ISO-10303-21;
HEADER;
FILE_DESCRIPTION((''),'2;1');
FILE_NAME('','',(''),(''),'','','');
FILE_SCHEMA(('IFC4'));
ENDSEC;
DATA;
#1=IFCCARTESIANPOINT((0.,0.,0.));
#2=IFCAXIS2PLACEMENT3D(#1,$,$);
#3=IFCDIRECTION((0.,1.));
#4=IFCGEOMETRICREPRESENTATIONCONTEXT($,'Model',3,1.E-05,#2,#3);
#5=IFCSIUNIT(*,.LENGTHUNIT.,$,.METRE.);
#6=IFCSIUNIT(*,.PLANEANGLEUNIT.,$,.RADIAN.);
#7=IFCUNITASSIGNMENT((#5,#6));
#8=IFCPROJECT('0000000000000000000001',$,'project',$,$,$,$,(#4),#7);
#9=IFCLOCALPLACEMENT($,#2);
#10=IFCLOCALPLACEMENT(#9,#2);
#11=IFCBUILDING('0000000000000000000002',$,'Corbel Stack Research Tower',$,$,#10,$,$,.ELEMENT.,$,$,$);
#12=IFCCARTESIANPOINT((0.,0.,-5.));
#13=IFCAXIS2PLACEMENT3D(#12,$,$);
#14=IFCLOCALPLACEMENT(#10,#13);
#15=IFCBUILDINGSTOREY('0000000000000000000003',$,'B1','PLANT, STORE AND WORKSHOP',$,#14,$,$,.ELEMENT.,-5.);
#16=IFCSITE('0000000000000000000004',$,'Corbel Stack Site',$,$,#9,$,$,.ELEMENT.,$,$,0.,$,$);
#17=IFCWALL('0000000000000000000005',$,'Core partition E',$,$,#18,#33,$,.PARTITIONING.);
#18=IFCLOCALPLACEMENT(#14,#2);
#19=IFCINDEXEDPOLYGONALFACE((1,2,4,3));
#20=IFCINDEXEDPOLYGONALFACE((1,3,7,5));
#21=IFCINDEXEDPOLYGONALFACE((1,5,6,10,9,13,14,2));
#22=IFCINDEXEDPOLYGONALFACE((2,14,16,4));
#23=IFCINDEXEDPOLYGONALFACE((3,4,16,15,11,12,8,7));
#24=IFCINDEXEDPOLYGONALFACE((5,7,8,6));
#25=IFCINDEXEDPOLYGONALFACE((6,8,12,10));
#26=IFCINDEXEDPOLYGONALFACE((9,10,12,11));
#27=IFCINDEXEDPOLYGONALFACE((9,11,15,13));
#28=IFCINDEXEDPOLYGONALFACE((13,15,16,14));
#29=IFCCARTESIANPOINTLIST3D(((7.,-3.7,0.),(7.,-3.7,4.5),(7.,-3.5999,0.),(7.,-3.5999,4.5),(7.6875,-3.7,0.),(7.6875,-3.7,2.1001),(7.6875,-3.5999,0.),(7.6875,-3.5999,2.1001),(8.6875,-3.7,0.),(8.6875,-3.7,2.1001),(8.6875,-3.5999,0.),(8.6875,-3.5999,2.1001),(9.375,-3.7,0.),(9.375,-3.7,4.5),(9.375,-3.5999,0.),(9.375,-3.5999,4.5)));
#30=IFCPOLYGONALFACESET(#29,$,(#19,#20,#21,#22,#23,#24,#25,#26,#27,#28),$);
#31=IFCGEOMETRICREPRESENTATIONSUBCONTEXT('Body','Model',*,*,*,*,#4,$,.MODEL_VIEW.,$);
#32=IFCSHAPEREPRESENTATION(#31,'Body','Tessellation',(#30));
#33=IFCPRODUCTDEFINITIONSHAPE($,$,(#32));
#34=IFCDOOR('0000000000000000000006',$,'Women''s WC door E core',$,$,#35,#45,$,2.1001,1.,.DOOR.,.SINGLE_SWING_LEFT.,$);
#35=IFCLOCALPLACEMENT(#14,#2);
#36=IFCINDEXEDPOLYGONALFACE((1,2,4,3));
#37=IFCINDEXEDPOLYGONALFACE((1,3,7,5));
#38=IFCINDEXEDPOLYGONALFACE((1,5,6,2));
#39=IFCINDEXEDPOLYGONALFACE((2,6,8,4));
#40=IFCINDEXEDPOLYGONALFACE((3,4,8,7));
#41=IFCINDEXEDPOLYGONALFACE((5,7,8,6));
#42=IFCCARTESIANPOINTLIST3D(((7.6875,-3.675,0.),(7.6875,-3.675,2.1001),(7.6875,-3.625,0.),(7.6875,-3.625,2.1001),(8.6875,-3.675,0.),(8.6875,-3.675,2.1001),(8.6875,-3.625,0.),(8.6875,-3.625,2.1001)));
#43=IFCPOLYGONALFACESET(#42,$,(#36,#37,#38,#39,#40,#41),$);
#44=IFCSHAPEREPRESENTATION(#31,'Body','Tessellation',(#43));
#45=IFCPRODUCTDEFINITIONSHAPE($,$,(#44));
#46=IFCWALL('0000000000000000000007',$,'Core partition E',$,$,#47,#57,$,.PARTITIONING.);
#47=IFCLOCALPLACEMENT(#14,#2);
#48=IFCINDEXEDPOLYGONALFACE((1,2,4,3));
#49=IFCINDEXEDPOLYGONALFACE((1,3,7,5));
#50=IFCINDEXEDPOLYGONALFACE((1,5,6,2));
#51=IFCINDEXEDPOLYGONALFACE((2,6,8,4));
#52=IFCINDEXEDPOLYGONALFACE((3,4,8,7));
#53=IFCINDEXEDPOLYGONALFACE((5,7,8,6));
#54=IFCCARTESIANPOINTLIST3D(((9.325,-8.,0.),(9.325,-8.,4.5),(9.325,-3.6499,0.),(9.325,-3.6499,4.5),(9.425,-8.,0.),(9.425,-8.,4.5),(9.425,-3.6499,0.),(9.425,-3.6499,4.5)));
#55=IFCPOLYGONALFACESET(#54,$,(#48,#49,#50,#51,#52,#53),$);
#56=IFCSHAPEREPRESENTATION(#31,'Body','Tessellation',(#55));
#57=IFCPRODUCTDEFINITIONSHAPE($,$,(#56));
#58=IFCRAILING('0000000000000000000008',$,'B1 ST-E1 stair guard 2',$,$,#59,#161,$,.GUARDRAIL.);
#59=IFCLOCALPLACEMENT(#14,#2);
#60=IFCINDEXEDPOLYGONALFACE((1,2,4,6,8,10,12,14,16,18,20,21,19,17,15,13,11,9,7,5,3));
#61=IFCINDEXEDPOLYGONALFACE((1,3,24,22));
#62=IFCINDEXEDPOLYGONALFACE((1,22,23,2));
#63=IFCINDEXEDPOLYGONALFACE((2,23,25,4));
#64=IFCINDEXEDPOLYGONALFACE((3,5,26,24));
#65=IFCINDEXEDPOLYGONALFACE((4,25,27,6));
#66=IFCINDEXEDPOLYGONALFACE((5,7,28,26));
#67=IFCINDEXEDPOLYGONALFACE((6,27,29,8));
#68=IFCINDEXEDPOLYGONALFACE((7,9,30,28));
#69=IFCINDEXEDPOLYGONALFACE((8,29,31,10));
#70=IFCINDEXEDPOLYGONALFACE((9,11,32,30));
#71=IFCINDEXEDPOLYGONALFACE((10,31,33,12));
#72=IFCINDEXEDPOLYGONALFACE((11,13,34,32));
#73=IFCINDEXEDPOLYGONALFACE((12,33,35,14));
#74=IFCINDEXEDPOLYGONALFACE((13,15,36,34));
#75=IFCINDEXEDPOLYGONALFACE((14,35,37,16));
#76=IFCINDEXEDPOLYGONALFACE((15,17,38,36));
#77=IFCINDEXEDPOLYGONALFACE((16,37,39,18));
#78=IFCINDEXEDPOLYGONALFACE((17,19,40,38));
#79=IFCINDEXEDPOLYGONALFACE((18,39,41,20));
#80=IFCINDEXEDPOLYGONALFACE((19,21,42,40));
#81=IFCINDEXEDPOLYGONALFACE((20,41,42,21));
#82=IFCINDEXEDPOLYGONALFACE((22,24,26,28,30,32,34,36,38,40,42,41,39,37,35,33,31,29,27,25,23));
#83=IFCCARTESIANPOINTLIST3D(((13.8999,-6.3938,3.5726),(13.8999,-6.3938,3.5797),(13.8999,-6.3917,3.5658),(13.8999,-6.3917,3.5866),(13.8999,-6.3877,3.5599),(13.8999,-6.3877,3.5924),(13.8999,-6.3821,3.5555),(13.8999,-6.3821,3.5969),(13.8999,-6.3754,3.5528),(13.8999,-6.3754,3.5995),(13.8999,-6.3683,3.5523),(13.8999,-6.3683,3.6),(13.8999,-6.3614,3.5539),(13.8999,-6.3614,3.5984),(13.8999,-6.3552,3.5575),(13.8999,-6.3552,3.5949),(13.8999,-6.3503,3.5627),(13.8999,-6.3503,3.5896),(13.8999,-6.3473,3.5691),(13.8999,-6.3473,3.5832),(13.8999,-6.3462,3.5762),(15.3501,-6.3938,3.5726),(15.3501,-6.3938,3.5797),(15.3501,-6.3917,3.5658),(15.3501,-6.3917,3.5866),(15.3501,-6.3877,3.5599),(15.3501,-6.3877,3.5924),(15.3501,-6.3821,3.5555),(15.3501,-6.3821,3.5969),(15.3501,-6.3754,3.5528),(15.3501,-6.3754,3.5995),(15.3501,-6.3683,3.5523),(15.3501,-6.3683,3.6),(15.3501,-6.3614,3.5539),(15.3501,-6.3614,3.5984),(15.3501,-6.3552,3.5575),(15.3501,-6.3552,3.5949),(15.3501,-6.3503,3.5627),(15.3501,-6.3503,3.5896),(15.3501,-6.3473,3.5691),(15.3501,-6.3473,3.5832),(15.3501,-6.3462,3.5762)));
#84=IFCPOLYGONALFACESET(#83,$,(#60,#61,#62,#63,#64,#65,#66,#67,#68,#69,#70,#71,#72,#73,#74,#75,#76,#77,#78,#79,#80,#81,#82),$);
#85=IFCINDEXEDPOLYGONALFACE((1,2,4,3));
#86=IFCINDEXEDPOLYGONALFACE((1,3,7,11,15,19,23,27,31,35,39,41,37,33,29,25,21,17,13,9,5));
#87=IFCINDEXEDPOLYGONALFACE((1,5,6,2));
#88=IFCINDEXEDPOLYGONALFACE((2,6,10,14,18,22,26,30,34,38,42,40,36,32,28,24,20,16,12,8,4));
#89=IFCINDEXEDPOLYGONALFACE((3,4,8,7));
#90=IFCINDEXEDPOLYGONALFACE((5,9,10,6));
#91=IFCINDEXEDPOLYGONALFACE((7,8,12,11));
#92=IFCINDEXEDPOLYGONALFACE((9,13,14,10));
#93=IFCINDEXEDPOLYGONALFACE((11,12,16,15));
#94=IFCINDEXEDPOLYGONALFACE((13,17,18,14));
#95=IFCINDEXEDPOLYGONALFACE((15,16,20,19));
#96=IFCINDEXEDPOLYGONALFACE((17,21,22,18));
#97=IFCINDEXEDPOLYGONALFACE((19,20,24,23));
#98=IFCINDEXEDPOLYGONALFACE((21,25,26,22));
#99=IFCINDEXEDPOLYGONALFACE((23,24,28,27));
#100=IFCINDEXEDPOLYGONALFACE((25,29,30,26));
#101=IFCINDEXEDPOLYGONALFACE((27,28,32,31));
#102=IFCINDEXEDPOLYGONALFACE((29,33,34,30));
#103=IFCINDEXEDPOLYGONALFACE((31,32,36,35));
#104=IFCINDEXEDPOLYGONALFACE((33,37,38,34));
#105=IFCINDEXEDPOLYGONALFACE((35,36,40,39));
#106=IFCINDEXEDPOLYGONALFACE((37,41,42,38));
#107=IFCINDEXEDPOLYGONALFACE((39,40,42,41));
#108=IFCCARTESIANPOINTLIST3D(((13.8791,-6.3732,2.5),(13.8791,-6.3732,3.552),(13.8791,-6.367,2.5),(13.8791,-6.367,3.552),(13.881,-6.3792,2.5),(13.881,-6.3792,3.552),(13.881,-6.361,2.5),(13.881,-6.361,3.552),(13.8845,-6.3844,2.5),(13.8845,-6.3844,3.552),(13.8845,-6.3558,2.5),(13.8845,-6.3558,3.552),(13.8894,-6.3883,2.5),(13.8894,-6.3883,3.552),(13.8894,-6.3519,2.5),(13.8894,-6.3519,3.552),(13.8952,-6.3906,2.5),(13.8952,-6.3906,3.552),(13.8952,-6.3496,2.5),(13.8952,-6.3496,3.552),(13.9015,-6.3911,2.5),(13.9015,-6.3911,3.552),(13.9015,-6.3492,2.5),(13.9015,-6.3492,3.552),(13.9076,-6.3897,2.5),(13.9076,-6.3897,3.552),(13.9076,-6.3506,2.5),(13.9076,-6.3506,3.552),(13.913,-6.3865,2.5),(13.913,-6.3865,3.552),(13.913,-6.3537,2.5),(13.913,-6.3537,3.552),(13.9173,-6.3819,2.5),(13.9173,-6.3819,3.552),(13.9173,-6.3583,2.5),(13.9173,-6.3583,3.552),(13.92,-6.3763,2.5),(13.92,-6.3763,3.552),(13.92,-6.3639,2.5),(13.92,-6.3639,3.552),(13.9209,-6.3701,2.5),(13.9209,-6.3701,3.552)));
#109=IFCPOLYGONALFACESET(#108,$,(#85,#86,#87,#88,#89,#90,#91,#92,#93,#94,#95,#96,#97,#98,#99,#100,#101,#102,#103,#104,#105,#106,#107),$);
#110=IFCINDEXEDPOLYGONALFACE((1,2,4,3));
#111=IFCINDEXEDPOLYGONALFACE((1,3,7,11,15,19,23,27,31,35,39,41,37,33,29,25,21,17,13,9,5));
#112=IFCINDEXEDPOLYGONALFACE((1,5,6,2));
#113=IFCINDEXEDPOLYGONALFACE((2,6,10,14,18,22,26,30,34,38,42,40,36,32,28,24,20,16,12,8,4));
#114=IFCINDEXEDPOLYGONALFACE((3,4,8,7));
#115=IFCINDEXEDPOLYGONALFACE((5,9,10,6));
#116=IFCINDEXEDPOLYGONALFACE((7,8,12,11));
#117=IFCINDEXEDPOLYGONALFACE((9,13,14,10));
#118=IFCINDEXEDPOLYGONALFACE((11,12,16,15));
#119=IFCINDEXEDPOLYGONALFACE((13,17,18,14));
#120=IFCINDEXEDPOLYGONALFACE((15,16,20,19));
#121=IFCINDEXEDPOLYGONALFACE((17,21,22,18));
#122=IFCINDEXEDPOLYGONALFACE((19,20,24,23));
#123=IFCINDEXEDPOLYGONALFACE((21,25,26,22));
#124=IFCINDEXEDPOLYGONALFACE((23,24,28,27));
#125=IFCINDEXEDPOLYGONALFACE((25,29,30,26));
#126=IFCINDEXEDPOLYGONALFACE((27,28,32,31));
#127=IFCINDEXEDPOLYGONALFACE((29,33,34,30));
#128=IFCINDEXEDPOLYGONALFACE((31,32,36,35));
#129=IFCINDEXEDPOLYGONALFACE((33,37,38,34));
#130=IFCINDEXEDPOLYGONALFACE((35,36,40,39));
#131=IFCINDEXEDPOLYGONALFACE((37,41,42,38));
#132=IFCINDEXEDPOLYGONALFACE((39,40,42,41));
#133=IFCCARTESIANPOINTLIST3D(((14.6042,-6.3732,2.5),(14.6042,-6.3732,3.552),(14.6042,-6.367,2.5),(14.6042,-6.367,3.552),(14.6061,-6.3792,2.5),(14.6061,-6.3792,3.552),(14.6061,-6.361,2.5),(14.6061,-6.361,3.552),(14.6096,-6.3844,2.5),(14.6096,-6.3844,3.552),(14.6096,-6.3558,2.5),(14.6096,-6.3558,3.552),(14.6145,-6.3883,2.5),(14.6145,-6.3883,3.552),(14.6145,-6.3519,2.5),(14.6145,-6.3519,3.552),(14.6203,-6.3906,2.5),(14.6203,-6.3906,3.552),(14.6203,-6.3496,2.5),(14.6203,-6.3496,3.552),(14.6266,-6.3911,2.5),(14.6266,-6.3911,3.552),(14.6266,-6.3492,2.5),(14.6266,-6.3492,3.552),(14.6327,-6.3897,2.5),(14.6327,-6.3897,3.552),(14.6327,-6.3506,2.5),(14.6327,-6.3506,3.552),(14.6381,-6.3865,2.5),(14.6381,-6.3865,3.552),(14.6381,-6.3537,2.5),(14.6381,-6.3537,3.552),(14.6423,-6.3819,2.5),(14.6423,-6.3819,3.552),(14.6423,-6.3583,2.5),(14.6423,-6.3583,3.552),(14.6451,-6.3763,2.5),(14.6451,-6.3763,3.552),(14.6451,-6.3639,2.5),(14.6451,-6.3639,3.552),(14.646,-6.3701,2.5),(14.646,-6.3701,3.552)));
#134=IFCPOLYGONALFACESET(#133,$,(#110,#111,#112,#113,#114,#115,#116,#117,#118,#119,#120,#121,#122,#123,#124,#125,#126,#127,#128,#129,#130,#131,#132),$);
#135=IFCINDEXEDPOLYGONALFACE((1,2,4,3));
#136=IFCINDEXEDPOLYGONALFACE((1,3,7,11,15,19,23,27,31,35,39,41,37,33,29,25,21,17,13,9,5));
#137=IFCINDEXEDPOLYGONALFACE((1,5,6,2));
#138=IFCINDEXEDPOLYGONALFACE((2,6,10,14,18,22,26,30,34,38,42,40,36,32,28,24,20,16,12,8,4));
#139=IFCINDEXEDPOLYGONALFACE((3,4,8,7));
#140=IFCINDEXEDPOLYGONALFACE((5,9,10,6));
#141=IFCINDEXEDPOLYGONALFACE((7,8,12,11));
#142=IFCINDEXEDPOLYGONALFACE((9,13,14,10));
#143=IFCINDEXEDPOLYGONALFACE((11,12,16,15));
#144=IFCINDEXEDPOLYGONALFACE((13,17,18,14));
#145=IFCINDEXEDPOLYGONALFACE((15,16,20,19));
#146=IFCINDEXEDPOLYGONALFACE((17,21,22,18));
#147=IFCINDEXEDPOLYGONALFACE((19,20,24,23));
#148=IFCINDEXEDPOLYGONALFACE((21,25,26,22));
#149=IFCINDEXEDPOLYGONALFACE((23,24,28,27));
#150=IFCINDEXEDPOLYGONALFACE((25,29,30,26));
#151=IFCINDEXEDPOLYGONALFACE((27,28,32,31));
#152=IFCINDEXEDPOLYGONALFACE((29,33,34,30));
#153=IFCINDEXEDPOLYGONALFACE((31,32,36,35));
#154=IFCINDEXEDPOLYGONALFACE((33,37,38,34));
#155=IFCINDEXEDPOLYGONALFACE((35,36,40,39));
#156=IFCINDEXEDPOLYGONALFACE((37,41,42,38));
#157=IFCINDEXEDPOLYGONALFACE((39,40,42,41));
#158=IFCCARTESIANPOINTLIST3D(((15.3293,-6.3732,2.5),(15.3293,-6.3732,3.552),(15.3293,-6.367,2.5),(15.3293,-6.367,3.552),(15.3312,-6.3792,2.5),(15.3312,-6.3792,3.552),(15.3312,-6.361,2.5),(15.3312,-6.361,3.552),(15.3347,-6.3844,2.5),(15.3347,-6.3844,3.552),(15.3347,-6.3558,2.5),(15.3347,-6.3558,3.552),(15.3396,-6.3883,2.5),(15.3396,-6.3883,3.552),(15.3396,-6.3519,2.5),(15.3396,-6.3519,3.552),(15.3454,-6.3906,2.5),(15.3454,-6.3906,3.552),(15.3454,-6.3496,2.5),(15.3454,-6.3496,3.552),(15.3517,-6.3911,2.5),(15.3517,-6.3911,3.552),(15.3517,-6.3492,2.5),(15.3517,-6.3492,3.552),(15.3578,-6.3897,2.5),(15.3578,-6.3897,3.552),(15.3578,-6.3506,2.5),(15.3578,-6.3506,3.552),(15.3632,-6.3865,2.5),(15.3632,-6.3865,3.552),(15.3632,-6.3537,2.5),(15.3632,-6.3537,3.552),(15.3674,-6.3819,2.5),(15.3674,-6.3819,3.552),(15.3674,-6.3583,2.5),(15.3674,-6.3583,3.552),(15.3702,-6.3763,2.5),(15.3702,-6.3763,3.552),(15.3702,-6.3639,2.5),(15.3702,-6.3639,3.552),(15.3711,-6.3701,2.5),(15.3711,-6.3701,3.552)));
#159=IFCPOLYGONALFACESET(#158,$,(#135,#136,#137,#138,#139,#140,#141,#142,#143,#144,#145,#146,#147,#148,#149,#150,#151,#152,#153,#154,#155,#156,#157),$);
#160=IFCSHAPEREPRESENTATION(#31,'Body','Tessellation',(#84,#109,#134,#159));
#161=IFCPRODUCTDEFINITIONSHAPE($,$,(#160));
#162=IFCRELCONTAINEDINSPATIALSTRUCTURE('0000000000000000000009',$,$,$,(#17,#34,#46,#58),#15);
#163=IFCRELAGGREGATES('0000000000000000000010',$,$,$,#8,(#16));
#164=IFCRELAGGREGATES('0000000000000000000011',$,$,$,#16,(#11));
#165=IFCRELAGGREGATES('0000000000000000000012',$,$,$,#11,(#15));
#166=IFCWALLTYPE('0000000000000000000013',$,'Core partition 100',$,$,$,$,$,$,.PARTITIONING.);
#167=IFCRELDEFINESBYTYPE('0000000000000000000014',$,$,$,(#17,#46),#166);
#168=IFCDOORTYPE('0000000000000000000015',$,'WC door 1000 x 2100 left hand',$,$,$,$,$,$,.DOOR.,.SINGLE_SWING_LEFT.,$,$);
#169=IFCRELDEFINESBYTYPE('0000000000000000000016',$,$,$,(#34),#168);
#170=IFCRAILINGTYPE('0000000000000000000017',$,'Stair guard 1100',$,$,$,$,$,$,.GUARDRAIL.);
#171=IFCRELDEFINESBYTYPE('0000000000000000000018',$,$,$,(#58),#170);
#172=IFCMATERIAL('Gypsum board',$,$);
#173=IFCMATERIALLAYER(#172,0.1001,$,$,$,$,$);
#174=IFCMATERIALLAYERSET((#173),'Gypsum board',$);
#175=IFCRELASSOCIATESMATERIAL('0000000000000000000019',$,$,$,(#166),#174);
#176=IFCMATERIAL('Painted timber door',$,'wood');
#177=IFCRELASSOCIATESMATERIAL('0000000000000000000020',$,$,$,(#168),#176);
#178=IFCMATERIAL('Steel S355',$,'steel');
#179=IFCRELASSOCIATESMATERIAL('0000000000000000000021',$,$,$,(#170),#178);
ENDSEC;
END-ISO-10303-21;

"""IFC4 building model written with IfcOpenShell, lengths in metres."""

from ifc_helpers import new_model, si_unit, direction, frame, frame_2d, origin, origin_2d, place, context, subcontext, project, spatial, rectangle, circle, extrude, material, layer, layer_set, type_object, element, fill, save


model = new_model("IFC4")

# Units and contexts
model_context = context("Model", 3, precision=1e-05, world=origin(), true_north=direction((0.0, 1.0)))
body_context = subcontext(model_context, "Body", "Model", "MODEL_VIEW")
ifc_project = project(units=[si_unit("LENGTHUNIT", "METRE"), si_unit("PLANEANGLEUNIT", "RADIAN")], contexts=[model_context])

# Site, building, storey
site_placement = place(None, origin())
site = spatial("IfcSite", under=ifc_project, at=site_placement, Name="Corbel Stack Site", CompositionType="ELEMENT", RefElevation=0.0)
building_placement = place(site_placement, origin())
building = spatial("IfcBuilding", under=site, at=building_placement, Name="Corbel Stack Research Tower", CompositionType="ELEMENT")
storey_placement = place(building_placement, frame((0.0, 0.0, -5.0)))
storey = spatial("IfcBuildingStorey", under=building, at=storey_placement, Name="B1", Description="PLANT, STORE AND WORKSHOP", CompositionType="ELEMENT", Elevation=-5.0)

# Wall, opening, door
ifc_material_1 = material(Name="Gypsum board")
ifc_layer_1 = layer(ifc_material_1, 0.1001)
ifc_layer_set_1 = layer_set([ifc_layer_1], Name="Gypsum board")
wall_type_1 = type_object("IfcWallType", Name="Core partition 100", PredefinedType="PARTITIONING", material=ifc_layer_set_1)
wall_1_placement = place(storey_placement, frame((7.0, -3.6499, 0.0), z_axis=(0.0, 0.0, 1.0), x_axis=(1.0, 0.0, 0.0)))
wall_1 = element("IfcWall", 1, at=wall_1_placement, inside=storey, type_object=wall_type_1, Name="Core partition E", PredefinedType="PARTITIONING", context=body_context, shape_type="SweptSolid", body=[
    extrude(rectangle(XDim=2.375, YDim=0.1001, at=frame_2d((1.1875, 0.0))), origin(), (0.0, 0.0, 1.0), 4.5),
])
opening_1_placement = place(wall_1_placement, frame((0.6875, 0.0, 0.0)))
opening_1 = element("IfcOpeningElement", 2, at=opening_1_placement, cuts=wall_1, PredefinedType="OPENING", context=body_context, shape_type="SweptSolid", body=[
    extrude(rectangle(XDim=1.0, YDim=2.1001, at=frame_2d((0.5, 1.05))), frame((0.0, 0.0601, 0.0), z_axis=(0.0, -1.0, 0.0), x_axis=(1.0, 0.0, 0.0)), (0.0, 0.0, 1.0), 0.1201),
])
ifc_material_2 = material(Name="Painted timber door", Category="wood")
door_type_1 = type_object("IfcDoorType", Name="WC door 1000 x 2100 left hand", OperationType="SINGLE_SWING_LEFT", PredefinedType="DOOR", material=ifc_material_2)
door_1_placement = place(opening_1_placement, origin())
door_1 = element("IfcDoor", 3, at=door_1_placement, inside=storey, type_object=door_type_1, Name="Women's WC door E core", OperationType="SINGLE_SWING_LEFT", OverallHeight=2.1001, OverallWidth=1.0, PredefinedType="DOOR", context=body_context, shape_type="SweptSolid", body=[
    extrude(rectangle(XDim=1.0, YDim=2.1001, at=frame_2d((0.5, 1.05))), frame((0.0, 0.0249, 0.0), z_axis=(0.0, -1.0, 0.0), x_axis=(1.0, 0.0, 0.0)), (0.0, 0.0, 1.0), 0.05),
])
fill(opening_1, door_1)

# Wall
wall_2_placement = place(storey_placement, frame((9.375, -8.0, 0.0), z_axis=(0.0, 0.0, 1.0), x_axis=(0.0, 1.0, 0.0)))
element("IfcWall", 4, at=wall_2_placement, inside=storey, type_object=wall_type_1, Name="Core partition E", PredefinedType="PARTITIONING", context=body_context, shape_type="SweptSolid", body=[
    extrude(rectangle(XDim=4.3501, YDim=0.1001, at=frame_2d((2.175, 0.0))), origin(), (0.0, 0.0, 1.0), 4.5),
])

# Railing
ifc_material_3 = material(Name="Steel S355", Category="steel")
railing_type = type_object("IfcRailingType", Name="Stair guard 1100", PredefinedType="GUARDRAIL", material=ifc_material_3)
railing_placement = place(storey_placement, frame((13.8999, -6.3701, 2.5)))
element("IfcRailing", 5, at=railing_placement, inside=storey, type_object=railing_type, Name="B1 ST-E1 stair guard 2", PredefinedType="GUARDRAIL", context=body_context, shape_type="SweptSolid", body=[
    extrude(circle(Radius=0.0239, at=origin_2d()), frame((0.0, 0.0, 1.0762), z_axis=(1.0, 0.0, 0.0), x_axis=(0.0, 1.0, 0.0)), (0.0, 0.0, 1.0), 1.4502),
    extrude(circle(Radius=0.021, at=origin_2d()), origin(), (0.0, 0.0, 1.0), 1.052),
    extrude(circle(Radius=0.021, at=origin_2d()), frame((0.7251, 0.0, 0.0)), (0.0, 0.0, 1.0), 1.052),
    extrude(circle(Radius=0.021, at=origin_2d()), frame((1.4502, 0.0, 0.0)), (0.0, 0.0, 1.0), 1.052),
])

save(model, "model.ifc")
